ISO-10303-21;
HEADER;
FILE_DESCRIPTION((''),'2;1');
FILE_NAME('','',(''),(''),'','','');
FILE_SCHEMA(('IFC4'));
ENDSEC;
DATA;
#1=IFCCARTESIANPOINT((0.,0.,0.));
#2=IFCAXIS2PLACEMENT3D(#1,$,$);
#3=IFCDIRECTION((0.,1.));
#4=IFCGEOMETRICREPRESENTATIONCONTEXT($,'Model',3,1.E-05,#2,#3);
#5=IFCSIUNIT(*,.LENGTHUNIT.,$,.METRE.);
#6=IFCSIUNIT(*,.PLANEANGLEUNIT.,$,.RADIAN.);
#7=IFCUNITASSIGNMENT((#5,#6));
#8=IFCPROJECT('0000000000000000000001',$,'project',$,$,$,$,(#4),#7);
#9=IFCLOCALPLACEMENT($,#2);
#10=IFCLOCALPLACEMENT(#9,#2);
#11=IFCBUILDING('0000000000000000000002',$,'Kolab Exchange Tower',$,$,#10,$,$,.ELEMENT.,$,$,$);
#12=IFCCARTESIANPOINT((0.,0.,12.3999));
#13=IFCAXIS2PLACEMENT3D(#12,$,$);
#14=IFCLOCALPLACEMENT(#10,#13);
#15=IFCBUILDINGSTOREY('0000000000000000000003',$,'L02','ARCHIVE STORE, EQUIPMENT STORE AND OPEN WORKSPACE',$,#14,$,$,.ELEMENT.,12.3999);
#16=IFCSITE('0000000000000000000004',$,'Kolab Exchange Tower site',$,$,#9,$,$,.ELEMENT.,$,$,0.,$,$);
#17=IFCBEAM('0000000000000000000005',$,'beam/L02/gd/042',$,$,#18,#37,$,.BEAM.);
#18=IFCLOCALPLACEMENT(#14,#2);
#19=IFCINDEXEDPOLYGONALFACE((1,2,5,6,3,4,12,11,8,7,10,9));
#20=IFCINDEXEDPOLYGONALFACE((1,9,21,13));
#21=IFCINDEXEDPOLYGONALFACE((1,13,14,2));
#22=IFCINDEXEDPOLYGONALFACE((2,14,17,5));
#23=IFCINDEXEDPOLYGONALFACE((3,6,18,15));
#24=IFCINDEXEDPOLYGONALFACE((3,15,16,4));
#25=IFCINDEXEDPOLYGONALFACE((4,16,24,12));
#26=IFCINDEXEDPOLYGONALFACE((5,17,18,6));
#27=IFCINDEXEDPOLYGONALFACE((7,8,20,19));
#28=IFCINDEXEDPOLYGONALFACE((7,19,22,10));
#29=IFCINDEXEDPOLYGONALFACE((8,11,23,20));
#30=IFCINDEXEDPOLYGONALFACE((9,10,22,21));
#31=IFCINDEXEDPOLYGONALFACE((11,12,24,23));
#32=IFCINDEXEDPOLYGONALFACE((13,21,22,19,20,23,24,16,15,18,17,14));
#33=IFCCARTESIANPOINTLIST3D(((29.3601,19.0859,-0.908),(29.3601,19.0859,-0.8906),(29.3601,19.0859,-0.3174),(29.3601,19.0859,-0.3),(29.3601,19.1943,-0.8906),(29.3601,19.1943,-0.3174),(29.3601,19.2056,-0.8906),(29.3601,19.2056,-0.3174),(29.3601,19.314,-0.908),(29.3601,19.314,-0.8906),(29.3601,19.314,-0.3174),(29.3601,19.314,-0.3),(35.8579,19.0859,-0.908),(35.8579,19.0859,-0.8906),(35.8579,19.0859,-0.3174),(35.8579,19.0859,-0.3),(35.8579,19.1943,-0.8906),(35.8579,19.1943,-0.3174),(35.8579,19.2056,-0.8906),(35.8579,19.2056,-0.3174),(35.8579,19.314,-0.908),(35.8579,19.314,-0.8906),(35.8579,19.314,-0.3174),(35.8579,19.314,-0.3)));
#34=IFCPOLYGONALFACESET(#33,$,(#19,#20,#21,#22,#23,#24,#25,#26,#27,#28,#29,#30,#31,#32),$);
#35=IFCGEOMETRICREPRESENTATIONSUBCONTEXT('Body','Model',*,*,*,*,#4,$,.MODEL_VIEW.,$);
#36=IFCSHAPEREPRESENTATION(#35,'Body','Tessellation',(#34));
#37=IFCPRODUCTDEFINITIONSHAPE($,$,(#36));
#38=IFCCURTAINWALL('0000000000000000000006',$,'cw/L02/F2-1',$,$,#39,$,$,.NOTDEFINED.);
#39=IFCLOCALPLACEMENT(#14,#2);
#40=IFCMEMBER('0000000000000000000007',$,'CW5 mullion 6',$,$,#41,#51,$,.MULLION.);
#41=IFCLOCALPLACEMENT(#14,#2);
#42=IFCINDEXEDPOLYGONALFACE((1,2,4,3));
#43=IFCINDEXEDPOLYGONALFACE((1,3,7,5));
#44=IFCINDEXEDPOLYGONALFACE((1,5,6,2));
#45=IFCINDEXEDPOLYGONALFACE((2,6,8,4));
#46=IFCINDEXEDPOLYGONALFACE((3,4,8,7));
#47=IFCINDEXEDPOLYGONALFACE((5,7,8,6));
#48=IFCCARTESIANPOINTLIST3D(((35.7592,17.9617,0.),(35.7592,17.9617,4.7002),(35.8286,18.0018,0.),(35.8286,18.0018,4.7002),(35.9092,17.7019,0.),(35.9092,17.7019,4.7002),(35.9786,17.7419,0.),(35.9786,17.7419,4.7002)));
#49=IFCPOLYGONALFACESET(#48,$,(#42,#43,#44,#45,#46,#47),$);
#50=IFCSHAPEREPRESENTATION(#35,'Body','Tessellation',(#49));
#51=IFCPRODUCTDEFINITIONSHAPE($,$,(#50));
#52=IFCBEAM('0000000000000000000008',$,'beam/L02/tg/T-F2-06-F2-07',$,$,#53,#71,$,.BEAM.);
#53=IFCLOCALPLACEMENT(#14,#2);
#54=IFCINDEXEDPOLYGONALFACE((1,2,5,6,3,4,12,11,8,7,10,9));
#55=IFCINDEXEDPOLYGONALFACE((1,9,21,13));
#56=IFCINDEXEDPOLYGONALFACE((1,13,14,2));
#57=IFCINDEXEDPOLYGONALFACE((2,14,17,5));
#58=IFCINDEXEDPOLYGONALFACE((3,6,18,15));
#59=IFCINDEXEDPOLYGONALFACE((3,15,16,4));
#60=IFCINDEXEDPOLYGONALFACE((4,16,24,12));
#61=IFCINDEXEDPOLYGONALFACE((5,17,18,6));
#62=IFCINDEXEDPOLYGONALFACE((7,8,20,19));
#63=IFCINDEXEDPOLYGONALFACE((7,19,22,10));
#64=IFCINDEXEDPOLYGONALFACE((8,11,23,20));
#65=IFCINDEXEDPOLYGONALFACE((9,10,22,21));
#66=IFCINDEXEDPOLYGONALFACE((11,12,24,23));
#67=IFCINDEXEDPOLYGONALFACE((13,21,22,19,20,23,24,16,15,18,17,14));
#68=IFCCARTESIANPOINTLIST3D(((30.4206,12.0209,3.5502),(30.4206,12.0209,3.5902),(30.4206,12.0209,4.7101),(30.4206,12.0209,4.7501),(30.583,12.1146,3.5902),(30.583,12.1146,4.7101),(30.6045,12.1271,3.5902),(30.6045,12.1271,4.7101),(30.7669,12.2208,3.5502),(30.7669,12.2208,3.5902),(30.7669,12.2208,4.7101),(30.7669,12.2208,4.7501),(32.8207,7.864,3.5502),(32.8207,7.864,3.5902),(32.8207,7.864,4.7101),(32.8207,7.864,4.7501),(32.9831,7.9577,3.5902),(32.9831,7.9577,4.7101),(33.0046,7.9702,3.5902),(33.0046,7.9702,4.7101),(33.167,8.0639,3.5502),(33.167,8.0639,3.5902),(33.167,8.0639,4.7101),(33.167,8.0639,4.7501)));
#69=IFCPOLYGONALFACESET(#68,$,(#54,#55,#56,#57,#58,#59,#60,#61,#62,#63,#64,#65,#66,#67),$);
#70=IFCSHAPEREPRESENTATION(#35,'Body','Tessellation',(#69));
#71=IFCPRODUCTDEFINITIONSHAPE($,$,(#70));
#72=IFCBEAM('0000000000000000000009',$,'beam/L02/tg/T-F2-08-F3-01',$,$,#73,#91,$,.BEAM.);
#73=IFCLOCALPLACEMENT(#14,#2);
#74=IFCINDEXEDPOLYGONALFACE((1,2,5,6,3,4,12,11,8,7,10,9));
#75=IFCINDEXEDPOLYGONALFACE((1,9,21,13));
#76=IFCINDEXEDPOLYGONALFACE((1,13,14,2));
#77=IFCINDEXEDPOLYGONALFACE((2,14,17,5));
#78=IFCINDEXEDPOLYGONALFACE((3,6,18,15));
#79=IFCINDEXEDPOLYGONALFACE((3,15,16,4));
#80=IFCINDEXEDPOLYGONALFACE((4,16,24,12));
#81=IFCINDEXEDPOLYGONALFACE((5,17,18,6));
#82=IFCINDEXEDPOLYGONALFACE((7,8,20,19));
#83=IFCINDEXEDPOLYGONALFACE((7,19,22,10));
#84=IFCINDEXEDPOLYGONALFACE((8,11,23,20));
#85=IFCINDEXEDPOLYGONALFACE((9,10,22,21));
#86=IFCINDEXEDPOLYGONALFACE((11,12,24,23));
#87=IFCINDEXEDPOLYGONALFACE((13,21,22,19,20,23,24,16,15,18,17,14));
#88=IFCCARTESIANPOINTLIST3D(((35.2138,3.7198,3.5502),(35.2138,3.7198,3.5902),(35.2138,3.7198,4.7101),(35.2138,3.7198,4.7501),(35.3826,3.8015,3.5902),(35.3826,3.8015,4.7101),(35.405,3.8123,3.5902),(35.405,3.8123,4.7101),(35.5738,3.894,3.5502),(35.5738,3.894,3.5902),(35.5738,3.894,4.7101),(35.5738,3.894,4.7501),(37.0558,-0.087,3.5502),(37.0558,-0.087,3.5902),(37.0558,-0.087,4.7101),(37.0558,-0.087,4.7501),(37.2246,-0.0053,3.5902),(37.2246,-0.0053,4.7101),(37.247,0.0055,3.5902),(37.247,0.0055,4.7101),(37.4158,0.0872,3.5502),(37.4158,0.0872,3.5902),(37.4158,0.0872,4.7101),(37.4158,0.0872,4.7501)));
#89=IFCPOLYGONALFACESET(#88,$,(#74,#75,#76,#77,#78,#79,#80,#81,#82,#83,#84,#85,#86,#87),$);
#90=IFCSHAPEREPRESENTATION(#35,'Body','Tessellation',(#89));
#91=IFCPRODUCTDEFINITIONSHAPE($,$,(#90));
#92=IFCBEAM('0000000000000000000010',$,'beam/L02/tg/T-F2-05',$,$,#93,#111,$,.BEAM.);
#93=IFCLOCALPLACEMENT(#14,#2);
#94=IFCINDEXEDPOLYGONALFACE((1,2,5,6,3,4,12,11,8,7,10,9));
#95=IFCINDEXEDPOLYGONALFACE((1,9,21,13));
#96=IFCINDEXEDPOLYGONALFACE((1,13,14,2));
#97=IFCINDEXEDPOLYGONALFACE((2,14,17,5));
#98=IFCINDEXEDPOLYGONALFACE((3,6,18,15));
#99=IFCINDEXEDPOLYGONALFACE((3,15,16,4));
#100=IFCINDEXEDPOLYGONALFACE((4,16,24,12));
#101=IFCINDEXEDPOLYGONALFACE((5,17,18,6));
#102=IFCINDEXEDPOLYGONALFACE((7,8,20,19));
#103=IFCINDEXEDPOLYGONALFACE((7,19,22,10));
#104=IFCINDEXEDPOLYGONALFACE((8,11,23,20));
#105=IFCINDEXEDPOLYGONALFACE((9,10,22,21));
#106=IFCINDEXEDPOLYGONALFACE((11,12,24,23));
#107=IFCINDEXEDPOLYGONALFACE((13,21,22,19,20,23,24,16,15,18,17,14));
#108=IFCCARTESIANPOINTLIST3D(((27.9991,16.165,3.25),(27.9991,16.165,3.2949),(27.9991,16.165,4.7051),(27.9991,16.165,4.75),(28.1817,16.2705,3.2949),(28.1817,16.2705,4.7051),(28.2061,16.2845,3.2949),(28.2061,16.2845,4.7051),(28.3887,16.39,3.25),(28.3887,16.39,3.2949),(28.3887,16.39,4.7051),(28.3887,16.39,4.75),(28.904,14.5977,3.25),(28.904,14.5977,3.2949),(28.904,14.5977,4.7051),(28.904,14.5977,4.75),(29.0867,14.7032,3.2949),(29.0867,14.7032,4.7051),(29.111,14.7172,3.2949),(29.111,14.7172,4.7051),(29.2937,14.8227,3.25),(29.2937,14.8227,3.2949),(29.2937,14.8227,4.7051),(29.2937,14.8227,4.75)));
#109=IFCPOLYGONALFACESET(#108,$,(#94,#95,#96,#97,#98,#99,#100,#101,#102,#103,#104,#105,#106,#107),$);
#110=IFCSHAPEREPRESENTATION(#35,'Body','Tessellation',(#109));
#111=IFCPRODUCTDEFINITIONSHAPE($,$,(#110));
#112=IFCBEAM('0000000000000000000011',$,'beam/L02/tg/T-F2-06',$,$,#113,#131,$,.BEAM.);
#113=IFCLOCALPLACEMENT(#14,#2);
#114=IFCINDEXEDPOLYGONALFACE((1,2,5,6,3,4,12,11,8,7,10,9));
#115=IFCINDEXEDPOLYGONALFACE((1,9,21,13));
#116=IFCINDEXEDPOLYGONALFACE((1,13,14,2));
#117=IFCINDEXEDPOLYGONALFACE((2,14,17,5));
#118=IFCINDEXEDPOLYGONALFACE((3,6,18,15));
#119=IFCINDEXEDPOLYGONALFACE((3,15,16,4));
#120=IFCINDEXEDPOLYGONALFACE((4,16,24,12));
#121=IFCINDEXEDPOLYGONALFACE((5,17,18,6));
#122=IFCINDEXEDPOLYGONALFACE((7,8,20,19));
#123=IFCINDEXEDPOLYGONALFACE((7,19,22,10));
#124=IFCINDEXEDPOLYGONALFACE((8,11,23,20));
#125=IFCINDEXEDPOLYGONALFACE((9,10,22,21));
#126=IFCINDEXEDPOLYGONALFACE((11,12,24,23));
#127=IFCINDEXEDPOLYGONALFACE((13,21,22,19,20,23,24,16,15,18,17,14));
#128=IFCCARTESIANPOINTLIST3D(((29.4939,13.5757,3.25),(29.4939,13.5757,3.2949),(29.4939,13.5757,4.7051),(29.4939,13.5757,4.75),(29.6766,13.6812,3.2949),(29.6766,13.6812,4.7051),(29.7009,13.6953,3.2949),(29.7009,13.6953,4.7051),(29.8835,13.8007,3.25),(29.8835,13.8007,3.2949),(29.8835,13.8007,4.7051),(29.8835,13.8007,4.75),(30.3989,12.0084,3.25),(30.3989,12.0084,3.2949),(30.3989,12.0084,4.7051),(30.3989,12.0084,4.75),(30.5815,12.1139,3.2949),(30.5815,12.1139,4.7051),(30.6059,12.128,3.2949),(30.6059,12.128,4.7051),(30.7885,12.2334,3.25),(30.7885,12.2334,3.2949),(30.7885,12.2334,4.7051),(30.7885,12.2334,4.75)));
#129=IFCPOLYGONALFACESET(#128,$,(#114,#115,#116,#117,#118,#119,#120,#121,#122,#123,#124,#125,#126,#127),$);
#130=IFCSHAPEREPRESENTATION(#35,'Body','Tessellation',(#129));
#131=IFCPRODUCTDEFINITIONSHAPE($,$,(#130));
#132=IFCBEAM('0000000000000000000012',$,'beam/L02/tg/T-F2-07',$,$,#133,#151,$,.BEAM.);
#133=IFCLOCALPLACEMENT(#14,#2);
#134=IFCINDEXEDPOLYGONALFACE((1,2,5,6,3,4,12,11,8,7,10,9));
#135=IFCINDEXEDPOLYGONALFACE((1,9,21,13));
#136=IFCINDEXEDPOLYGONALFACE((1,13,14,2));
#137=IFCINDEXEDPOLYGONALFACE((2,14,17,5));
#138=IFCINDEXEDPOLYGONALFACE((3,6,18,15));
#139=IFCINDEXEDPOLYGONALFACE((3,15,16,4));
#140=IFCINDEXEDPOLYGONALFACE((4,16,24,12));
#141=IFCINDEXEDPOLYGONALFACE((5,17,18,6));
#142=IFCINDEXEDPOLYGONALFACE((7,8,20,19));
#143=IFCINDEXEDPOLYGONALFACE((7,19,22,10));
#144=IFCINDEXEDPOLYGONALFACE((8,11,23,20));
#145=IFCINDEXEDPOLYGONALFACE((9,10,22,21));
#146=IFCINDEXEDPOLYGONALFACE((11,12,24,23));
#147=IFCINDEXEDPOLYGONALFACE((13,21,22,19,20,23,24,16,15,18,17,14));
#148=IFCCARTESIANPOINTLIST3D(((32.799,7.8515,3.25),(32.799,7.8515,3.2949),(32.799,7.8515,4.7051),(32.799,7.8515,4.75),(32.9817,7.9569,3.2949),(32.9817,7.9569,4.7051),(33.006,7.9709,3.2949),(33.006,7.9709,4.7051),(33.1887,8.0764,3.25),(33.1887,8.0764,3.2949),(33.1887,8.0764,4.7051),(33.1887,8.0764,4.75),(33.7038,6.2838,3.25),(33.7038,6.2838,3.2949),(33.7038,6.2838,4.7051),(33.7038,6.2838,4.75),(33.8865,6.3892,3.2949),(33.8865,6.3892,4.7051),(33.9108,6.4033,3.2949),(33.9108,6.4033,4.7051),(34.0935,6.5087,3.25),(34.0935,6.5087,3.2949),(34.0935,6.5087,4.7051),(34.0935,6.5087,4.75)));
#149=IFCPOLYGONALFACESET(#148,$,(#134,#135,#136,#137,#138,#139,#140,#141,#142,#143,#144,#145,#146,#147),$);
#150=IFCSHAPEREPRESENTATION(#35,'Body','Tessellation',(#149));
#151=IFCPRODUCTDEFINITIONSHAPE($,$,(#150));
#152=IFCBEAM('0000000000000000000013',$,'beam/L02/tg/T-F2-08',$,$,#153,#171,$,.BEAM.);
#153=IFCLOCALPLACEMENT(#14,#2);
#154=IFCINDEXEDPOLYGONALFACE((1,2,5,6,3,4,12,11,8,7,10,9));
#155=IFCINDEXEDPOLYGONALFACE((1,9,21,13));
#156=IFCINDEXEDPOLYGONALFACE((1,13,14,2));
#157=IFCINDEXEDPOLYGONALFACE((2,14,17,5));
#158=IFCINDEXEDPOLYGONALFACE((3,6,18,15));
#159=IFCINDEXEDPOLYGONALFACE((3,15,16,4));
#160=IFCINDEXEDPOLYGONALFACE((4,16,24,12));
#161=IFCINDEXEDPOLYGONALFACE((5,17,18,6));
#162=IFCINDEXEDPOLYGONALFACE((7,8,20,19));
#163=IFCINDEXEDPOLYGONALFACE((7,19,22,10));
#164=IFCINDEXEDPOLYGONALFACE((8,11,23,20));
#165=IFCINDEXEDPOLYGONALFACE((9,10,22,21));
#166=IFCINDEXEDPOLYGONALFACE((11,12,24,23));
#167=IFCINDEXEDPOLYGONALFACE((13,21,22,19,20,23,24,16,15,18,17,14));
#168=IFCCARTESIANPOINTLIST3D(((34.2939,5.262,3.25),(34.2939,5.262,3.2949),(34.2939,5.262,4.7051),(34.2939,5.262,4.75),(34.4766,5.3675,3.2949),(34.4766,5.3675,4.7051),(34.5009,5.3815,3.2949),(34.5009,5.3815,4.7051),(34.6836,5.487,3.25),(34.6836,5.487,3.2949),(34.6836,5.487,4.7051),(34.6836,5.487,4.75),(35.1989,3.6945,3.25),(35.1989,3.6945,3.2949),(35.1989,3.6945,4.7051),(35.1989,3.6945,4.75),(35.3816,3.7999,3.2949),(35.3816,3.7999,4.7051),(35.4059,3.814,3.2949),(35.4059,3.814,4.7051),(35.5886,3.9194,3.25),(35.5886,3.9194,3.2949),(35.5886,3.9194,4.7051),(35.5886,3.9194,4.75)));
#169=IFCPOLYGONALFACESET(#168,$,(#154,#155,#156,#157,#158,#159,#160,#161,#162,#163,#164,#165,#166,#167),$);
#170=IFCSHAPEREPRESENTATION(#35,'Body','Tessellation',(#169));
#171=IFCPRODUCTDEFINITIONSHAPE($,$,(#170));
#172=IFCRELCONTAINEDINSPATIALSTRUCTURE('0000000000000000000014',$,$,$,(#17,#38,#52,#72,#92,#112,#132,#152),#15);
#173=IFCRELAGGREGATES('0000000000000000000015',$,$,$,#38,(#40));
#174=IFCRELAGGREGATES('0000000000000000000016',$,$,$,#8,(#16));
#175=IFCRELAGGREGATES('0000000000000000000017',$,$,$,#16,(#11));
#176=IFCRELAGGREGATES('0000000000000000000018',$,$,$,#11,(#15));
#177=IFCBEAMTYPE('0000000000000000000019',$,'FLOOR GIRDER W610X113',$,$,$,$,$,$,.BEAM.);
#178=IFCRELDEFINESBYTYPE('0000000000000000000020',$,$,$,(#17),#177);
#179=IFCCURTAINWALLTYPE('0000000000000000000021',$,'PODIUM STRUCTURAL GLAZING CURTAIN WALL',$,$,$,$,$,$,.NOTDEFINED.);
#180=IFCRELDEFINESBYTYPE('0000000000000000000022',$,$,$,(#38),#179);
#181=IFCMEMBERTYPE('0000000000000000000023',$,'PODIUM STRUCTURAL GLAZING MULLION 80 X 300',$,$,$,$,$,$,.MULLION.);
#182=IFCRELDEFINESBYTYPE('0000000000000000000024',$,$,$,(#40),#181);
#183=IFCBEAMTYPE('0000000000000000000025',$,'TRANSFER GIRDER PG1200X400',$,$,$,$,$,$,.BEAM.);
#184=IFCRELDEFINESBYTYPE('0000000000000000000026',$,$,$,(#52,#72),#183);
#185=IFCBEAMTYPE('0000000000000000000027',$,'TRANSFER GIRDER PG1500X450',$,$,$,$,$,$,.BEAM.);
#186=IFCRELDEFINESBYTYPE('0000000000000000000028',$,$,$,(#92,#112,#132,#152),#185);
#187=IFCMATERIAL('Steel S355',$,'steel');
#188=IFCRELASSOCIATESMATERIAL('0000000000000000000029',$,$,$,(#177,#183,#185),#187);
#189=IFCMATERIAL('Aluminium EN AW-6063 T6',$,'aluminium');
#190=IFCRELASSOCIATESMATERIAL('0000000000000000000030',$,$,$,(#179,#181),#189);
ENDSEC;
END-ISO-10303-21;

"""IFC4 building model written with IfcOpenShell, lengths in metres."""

from ifc_helpers import new_model, si_unit, direction, frame, origin, origin_2d, place, context, subcontext, project, spatial, rectangle, i_section, extrude, material, material_profile, profile_set, type_object, element, aggregate, save


model = new_model("IFC4")

# Units and contexts
model_context = context("Model", 3, precision=1e-05, world=origin(), true_north=direction((0.0, 1.0)))
body_context = subcontext(model_context, "Body", "Model", "MODEL_VIEW")
ifc_project = project(units=[si_unit("LENGTHUNIT", "METRE"), si_unit("PLANEANGLEUNIT", "RADIAN")], contexts=[model_context])

# Site, building, storey
site_placement = place(None, origin())
site = spatial("IfcSite", under=ifc_project, at=site_placement, Name="Kolab Exchange Tower site", CompositionType="ELEMENT", RefElevation=0.0)
building_placement = place(site_placement, origin())
building = spatial("IfcBuilding", under=site, at=building_placement, Name="Kolab Exchange Tower", CompositionType="ELEMENT")
storey_placement = place(building_placement, frame((0.0, 0.0, 12.3999)))
storey = spatial("IfcBuildingStorey", under=building, at=storey_placement, Name="L02", Description="ARCHIVE STORE, EQUIPMENT STORE AND OPEN WORKSPACE", CompositionType="ELEMENT", Elevation=12.3999)

# Beam
ifc_material_1 = material(Name="Steel S355", Category="steel")
ifc_material_profile_1 = material_profile(ifc_material_1, i_section(OverallWidth=0.228, OverallDepth=0.6079, WebThickness=0.0112, FlangeThickness=0.0173, at=origin_2d()), Name="W610X113")
ifc_profile_set_1 = profile_set([ifc_material_profile_1], Name="Steel S355")
beam_type_1 = type_object("IfcBeamType", Name="FLOOR GIRDER W610X113", PredefinedType="BEAM", material=ifc_profile_set_1)
beam_1_placement = place(storey_placement, frame((29.3601, 19.2, -0.604), z_axis=(1.0, 0.0, 0.0), x_axis=(0.0, 1.0, 0.0)))
element("IfcBeam", 1, at=beam_1_placement, inside=storey, type_object=beam_type_1, Name="beam/L02/gd/042", PredefinedType="BEAM", context=body_context, shape_type="SweptSolid", body=[
    extrude(i_section(OverallWidth=0.228, OverallDepth=0.6079, WebThickness=0.0112, FlangeThickness=0.0173, at=origin_2d()), origin(), (0.0, 0.0, 1.0), 6.4978),
])

# Curtain wall, member
ifc_material_2 = material(Name="Aluminium EN AW-6063 T6", Category="aluminium")
curtain_wall_type = type_object("IfcCurtainWallType", Name="PODIUM STRUCTURAL GLAZING CURTAIN WALL", PredefinedType="NOTDEFINED", material=ifc_material_2)
curtain_wall_placement = place(storey_placement, origin())
curtain_wall = element("IfcCurtainWall", 2, at=curtain_wall_placement, inside=storey, type_object=curtain_wall_type, Name="cw/L02/F2-1", PredefinedType="NOTDEFINED")
ifc_material_profile_2 = material_profile(ifc_material_2, rectangle(XDim=0.0801, YDim=0.3, at=origin_2d()), Name="RECT 80X300")
ifc_profile_set_2 = profile_set([ifc_material_profile_2], Name="Aluminium EN AW-6063 T6")
member_type = type_object("IfcMemberType", Name="PODIUM STRUCTURAL GLAZING MULLION 80 X 300", PredefinedType="MULLION", material=ifc_profile_set_2)
member_placement = place(storey_placement, frame((35.8689, 17.8518, 0.0), z_axis=(0.0, 0.0, 1.0), x_axis=(0.866025, 0.5, 0.0)))
member = element("IfcMember", 3, at=member_placement, type_object=member_type, Name="CW5 mullion 6", PredefinedType="MULLION", context=body_context, shape_type="SweptSolid", body=[
    extrude(rectangle(XDim=0.0801, YDim=0.3, at=origin_2d()), origin(), (0.0, 0.0, 1.0), 4.7002),
])
aggregate(curtain_wall, [member])

# Beams
ifc_material_profile_3 = material_profile(ifc_material_1, i_section(OverallWidth=0.3999, OverallDepth=1.2, WebThickness=0.0249, FlangeThickness=0.04, at=origin_2d()), Name="PG1200X400")
ifc_profile_set_3 = profile_set([ifc_material_profile_3], Name="Steel S355")
beam_type_2 = type_object("IfcBeamType", Name="TRANSFER GIRDER PG1200X400", PredefinedType="BEAM", material=ifc_profile_set_3)
beam_2_placement = place(storey_placement, frame((30.5938, 12.1208, 4.1501), z_axis=(0.500017, -0.866015, 0.0), x_axis=(0.866015, 0.500017, 0.0)))
element("IfcBeam", 4, at=beam_2_placement, inside=storey, type_object=beam_type_2, Name="beam/L02/tg/T-F2-06-F2-07", PredefinedType="BEAM", context=body_context, shape_type="SweptSolid", body=[
    extrude(i_section(OverallWidth=0.3999, OverallDepth=1.2, WebThickness=0.0249, FlangeThickness=0.04, at=origin_2d()), origin(), (0.0, 0.0, 1.0), 4.8),
])
beam_3_placement = place(storey_placement, frame((35.3938, 3.8069, 4.1501), z_axis=(0.435561, -0.900159, 0.0), x_axis=(0.900159, 0.435561, 0.0)))
element("IfcBeam", 5, at=beam_3_placement, inside=storey, type_object=beam_type_2, Name="beam/L02/tg/T-F2-08-F3-01", PredefinedType="BEAM", context=body_context, shape_type="SweptSolid", body=[
    extrude(i_section(OverallWidth=0.3999, OverallDepth=1.2, WebThickness=0.0249, FlangeThickness=0.04, at=origin_2d()), origin(), (0.0, 0.0, 1.0), 4.229),
])
ifc_material_profile_4 = material_profile(ifc_material_1, i_section(OverallWidth=0.45, OverallDepth=1.5, WebThickness=0.0281, FlangeThickness=0.0449, at=origin_2d()), Name="PG1500X450")
ifc_profile_set_4 = profile_set([ifc_material_profile_4], Name="Steel S355")
beam_type_3 = type_object("IfcBeamType", Name="TRANSFER GIRDER PG1500X450", PredefinedType="BEAM", material=ifc_profile_set_4)
for number, where, z_axis, x_axis, name in (
    (6, (29.0989, 14.7102, 4.0), (-0.500042, 0.866001, 0.0), (-0.866001, -0.500042, 0.0), "beam/L02/tg/T-F2-05"),
    (7, (29.6887, 13.6882, 4.0), (0.500042, -0.866001, 0.0), (0.866001, 0.500042, 0.0), "beam/L02/tg/T-F2-06"),
):
    element("IfcBeam", number, at=place(storey_placement, frame(where, z_axis=z_axis, x_axis=x_axis)), inside=storey, type_object=beam_type_3, Name=name, PredefinedType="BEAM", context=body_context, shape_type="SweptSolid", body=[
        extrude(i_section(OverallWidth=0.45, OverallDepth=1.5, WebThickness=0.0281, FlangeThickness=0.0449, at=origin_2d()), origin(), (0.0, 0.0, 1.0), 1.8098),
    ])
for number, where, z_axis, x_axis, name in (
    (8, (33.8987, 6.3962, 4.0), (-0.499882, 0.866094, 0.0), (-0.866094, -0.499882, 0.0), "beam/L02/tg/T-F2-07"),
    (9, (34.4888, 5.3745, 4.0), (0.499983, -0.866035, 0.0), (0.866035, 0.499983, 0.0), "beam/L02/tg/T-F2-08"),
):
    element("IfcBeam", number, at=place(storey_placement, frame(where, z_axis=z_axis, x_axis=x_axis)), inside=storey, type_object=beam_type_3, Name=name, PredefinedType="BEAM", context=body_context, shape_type="SweptSolid", body=[
        extrude(i_section(OverallWidth=0.45, OverallDepth=1.5, WebThickness=0.0281, FlangeThickness=0.0449, at=origin_2d()), origin(), (0.0, 0.0, 1.0), 1.8101),
    ])

save(model, "model.ifc")
